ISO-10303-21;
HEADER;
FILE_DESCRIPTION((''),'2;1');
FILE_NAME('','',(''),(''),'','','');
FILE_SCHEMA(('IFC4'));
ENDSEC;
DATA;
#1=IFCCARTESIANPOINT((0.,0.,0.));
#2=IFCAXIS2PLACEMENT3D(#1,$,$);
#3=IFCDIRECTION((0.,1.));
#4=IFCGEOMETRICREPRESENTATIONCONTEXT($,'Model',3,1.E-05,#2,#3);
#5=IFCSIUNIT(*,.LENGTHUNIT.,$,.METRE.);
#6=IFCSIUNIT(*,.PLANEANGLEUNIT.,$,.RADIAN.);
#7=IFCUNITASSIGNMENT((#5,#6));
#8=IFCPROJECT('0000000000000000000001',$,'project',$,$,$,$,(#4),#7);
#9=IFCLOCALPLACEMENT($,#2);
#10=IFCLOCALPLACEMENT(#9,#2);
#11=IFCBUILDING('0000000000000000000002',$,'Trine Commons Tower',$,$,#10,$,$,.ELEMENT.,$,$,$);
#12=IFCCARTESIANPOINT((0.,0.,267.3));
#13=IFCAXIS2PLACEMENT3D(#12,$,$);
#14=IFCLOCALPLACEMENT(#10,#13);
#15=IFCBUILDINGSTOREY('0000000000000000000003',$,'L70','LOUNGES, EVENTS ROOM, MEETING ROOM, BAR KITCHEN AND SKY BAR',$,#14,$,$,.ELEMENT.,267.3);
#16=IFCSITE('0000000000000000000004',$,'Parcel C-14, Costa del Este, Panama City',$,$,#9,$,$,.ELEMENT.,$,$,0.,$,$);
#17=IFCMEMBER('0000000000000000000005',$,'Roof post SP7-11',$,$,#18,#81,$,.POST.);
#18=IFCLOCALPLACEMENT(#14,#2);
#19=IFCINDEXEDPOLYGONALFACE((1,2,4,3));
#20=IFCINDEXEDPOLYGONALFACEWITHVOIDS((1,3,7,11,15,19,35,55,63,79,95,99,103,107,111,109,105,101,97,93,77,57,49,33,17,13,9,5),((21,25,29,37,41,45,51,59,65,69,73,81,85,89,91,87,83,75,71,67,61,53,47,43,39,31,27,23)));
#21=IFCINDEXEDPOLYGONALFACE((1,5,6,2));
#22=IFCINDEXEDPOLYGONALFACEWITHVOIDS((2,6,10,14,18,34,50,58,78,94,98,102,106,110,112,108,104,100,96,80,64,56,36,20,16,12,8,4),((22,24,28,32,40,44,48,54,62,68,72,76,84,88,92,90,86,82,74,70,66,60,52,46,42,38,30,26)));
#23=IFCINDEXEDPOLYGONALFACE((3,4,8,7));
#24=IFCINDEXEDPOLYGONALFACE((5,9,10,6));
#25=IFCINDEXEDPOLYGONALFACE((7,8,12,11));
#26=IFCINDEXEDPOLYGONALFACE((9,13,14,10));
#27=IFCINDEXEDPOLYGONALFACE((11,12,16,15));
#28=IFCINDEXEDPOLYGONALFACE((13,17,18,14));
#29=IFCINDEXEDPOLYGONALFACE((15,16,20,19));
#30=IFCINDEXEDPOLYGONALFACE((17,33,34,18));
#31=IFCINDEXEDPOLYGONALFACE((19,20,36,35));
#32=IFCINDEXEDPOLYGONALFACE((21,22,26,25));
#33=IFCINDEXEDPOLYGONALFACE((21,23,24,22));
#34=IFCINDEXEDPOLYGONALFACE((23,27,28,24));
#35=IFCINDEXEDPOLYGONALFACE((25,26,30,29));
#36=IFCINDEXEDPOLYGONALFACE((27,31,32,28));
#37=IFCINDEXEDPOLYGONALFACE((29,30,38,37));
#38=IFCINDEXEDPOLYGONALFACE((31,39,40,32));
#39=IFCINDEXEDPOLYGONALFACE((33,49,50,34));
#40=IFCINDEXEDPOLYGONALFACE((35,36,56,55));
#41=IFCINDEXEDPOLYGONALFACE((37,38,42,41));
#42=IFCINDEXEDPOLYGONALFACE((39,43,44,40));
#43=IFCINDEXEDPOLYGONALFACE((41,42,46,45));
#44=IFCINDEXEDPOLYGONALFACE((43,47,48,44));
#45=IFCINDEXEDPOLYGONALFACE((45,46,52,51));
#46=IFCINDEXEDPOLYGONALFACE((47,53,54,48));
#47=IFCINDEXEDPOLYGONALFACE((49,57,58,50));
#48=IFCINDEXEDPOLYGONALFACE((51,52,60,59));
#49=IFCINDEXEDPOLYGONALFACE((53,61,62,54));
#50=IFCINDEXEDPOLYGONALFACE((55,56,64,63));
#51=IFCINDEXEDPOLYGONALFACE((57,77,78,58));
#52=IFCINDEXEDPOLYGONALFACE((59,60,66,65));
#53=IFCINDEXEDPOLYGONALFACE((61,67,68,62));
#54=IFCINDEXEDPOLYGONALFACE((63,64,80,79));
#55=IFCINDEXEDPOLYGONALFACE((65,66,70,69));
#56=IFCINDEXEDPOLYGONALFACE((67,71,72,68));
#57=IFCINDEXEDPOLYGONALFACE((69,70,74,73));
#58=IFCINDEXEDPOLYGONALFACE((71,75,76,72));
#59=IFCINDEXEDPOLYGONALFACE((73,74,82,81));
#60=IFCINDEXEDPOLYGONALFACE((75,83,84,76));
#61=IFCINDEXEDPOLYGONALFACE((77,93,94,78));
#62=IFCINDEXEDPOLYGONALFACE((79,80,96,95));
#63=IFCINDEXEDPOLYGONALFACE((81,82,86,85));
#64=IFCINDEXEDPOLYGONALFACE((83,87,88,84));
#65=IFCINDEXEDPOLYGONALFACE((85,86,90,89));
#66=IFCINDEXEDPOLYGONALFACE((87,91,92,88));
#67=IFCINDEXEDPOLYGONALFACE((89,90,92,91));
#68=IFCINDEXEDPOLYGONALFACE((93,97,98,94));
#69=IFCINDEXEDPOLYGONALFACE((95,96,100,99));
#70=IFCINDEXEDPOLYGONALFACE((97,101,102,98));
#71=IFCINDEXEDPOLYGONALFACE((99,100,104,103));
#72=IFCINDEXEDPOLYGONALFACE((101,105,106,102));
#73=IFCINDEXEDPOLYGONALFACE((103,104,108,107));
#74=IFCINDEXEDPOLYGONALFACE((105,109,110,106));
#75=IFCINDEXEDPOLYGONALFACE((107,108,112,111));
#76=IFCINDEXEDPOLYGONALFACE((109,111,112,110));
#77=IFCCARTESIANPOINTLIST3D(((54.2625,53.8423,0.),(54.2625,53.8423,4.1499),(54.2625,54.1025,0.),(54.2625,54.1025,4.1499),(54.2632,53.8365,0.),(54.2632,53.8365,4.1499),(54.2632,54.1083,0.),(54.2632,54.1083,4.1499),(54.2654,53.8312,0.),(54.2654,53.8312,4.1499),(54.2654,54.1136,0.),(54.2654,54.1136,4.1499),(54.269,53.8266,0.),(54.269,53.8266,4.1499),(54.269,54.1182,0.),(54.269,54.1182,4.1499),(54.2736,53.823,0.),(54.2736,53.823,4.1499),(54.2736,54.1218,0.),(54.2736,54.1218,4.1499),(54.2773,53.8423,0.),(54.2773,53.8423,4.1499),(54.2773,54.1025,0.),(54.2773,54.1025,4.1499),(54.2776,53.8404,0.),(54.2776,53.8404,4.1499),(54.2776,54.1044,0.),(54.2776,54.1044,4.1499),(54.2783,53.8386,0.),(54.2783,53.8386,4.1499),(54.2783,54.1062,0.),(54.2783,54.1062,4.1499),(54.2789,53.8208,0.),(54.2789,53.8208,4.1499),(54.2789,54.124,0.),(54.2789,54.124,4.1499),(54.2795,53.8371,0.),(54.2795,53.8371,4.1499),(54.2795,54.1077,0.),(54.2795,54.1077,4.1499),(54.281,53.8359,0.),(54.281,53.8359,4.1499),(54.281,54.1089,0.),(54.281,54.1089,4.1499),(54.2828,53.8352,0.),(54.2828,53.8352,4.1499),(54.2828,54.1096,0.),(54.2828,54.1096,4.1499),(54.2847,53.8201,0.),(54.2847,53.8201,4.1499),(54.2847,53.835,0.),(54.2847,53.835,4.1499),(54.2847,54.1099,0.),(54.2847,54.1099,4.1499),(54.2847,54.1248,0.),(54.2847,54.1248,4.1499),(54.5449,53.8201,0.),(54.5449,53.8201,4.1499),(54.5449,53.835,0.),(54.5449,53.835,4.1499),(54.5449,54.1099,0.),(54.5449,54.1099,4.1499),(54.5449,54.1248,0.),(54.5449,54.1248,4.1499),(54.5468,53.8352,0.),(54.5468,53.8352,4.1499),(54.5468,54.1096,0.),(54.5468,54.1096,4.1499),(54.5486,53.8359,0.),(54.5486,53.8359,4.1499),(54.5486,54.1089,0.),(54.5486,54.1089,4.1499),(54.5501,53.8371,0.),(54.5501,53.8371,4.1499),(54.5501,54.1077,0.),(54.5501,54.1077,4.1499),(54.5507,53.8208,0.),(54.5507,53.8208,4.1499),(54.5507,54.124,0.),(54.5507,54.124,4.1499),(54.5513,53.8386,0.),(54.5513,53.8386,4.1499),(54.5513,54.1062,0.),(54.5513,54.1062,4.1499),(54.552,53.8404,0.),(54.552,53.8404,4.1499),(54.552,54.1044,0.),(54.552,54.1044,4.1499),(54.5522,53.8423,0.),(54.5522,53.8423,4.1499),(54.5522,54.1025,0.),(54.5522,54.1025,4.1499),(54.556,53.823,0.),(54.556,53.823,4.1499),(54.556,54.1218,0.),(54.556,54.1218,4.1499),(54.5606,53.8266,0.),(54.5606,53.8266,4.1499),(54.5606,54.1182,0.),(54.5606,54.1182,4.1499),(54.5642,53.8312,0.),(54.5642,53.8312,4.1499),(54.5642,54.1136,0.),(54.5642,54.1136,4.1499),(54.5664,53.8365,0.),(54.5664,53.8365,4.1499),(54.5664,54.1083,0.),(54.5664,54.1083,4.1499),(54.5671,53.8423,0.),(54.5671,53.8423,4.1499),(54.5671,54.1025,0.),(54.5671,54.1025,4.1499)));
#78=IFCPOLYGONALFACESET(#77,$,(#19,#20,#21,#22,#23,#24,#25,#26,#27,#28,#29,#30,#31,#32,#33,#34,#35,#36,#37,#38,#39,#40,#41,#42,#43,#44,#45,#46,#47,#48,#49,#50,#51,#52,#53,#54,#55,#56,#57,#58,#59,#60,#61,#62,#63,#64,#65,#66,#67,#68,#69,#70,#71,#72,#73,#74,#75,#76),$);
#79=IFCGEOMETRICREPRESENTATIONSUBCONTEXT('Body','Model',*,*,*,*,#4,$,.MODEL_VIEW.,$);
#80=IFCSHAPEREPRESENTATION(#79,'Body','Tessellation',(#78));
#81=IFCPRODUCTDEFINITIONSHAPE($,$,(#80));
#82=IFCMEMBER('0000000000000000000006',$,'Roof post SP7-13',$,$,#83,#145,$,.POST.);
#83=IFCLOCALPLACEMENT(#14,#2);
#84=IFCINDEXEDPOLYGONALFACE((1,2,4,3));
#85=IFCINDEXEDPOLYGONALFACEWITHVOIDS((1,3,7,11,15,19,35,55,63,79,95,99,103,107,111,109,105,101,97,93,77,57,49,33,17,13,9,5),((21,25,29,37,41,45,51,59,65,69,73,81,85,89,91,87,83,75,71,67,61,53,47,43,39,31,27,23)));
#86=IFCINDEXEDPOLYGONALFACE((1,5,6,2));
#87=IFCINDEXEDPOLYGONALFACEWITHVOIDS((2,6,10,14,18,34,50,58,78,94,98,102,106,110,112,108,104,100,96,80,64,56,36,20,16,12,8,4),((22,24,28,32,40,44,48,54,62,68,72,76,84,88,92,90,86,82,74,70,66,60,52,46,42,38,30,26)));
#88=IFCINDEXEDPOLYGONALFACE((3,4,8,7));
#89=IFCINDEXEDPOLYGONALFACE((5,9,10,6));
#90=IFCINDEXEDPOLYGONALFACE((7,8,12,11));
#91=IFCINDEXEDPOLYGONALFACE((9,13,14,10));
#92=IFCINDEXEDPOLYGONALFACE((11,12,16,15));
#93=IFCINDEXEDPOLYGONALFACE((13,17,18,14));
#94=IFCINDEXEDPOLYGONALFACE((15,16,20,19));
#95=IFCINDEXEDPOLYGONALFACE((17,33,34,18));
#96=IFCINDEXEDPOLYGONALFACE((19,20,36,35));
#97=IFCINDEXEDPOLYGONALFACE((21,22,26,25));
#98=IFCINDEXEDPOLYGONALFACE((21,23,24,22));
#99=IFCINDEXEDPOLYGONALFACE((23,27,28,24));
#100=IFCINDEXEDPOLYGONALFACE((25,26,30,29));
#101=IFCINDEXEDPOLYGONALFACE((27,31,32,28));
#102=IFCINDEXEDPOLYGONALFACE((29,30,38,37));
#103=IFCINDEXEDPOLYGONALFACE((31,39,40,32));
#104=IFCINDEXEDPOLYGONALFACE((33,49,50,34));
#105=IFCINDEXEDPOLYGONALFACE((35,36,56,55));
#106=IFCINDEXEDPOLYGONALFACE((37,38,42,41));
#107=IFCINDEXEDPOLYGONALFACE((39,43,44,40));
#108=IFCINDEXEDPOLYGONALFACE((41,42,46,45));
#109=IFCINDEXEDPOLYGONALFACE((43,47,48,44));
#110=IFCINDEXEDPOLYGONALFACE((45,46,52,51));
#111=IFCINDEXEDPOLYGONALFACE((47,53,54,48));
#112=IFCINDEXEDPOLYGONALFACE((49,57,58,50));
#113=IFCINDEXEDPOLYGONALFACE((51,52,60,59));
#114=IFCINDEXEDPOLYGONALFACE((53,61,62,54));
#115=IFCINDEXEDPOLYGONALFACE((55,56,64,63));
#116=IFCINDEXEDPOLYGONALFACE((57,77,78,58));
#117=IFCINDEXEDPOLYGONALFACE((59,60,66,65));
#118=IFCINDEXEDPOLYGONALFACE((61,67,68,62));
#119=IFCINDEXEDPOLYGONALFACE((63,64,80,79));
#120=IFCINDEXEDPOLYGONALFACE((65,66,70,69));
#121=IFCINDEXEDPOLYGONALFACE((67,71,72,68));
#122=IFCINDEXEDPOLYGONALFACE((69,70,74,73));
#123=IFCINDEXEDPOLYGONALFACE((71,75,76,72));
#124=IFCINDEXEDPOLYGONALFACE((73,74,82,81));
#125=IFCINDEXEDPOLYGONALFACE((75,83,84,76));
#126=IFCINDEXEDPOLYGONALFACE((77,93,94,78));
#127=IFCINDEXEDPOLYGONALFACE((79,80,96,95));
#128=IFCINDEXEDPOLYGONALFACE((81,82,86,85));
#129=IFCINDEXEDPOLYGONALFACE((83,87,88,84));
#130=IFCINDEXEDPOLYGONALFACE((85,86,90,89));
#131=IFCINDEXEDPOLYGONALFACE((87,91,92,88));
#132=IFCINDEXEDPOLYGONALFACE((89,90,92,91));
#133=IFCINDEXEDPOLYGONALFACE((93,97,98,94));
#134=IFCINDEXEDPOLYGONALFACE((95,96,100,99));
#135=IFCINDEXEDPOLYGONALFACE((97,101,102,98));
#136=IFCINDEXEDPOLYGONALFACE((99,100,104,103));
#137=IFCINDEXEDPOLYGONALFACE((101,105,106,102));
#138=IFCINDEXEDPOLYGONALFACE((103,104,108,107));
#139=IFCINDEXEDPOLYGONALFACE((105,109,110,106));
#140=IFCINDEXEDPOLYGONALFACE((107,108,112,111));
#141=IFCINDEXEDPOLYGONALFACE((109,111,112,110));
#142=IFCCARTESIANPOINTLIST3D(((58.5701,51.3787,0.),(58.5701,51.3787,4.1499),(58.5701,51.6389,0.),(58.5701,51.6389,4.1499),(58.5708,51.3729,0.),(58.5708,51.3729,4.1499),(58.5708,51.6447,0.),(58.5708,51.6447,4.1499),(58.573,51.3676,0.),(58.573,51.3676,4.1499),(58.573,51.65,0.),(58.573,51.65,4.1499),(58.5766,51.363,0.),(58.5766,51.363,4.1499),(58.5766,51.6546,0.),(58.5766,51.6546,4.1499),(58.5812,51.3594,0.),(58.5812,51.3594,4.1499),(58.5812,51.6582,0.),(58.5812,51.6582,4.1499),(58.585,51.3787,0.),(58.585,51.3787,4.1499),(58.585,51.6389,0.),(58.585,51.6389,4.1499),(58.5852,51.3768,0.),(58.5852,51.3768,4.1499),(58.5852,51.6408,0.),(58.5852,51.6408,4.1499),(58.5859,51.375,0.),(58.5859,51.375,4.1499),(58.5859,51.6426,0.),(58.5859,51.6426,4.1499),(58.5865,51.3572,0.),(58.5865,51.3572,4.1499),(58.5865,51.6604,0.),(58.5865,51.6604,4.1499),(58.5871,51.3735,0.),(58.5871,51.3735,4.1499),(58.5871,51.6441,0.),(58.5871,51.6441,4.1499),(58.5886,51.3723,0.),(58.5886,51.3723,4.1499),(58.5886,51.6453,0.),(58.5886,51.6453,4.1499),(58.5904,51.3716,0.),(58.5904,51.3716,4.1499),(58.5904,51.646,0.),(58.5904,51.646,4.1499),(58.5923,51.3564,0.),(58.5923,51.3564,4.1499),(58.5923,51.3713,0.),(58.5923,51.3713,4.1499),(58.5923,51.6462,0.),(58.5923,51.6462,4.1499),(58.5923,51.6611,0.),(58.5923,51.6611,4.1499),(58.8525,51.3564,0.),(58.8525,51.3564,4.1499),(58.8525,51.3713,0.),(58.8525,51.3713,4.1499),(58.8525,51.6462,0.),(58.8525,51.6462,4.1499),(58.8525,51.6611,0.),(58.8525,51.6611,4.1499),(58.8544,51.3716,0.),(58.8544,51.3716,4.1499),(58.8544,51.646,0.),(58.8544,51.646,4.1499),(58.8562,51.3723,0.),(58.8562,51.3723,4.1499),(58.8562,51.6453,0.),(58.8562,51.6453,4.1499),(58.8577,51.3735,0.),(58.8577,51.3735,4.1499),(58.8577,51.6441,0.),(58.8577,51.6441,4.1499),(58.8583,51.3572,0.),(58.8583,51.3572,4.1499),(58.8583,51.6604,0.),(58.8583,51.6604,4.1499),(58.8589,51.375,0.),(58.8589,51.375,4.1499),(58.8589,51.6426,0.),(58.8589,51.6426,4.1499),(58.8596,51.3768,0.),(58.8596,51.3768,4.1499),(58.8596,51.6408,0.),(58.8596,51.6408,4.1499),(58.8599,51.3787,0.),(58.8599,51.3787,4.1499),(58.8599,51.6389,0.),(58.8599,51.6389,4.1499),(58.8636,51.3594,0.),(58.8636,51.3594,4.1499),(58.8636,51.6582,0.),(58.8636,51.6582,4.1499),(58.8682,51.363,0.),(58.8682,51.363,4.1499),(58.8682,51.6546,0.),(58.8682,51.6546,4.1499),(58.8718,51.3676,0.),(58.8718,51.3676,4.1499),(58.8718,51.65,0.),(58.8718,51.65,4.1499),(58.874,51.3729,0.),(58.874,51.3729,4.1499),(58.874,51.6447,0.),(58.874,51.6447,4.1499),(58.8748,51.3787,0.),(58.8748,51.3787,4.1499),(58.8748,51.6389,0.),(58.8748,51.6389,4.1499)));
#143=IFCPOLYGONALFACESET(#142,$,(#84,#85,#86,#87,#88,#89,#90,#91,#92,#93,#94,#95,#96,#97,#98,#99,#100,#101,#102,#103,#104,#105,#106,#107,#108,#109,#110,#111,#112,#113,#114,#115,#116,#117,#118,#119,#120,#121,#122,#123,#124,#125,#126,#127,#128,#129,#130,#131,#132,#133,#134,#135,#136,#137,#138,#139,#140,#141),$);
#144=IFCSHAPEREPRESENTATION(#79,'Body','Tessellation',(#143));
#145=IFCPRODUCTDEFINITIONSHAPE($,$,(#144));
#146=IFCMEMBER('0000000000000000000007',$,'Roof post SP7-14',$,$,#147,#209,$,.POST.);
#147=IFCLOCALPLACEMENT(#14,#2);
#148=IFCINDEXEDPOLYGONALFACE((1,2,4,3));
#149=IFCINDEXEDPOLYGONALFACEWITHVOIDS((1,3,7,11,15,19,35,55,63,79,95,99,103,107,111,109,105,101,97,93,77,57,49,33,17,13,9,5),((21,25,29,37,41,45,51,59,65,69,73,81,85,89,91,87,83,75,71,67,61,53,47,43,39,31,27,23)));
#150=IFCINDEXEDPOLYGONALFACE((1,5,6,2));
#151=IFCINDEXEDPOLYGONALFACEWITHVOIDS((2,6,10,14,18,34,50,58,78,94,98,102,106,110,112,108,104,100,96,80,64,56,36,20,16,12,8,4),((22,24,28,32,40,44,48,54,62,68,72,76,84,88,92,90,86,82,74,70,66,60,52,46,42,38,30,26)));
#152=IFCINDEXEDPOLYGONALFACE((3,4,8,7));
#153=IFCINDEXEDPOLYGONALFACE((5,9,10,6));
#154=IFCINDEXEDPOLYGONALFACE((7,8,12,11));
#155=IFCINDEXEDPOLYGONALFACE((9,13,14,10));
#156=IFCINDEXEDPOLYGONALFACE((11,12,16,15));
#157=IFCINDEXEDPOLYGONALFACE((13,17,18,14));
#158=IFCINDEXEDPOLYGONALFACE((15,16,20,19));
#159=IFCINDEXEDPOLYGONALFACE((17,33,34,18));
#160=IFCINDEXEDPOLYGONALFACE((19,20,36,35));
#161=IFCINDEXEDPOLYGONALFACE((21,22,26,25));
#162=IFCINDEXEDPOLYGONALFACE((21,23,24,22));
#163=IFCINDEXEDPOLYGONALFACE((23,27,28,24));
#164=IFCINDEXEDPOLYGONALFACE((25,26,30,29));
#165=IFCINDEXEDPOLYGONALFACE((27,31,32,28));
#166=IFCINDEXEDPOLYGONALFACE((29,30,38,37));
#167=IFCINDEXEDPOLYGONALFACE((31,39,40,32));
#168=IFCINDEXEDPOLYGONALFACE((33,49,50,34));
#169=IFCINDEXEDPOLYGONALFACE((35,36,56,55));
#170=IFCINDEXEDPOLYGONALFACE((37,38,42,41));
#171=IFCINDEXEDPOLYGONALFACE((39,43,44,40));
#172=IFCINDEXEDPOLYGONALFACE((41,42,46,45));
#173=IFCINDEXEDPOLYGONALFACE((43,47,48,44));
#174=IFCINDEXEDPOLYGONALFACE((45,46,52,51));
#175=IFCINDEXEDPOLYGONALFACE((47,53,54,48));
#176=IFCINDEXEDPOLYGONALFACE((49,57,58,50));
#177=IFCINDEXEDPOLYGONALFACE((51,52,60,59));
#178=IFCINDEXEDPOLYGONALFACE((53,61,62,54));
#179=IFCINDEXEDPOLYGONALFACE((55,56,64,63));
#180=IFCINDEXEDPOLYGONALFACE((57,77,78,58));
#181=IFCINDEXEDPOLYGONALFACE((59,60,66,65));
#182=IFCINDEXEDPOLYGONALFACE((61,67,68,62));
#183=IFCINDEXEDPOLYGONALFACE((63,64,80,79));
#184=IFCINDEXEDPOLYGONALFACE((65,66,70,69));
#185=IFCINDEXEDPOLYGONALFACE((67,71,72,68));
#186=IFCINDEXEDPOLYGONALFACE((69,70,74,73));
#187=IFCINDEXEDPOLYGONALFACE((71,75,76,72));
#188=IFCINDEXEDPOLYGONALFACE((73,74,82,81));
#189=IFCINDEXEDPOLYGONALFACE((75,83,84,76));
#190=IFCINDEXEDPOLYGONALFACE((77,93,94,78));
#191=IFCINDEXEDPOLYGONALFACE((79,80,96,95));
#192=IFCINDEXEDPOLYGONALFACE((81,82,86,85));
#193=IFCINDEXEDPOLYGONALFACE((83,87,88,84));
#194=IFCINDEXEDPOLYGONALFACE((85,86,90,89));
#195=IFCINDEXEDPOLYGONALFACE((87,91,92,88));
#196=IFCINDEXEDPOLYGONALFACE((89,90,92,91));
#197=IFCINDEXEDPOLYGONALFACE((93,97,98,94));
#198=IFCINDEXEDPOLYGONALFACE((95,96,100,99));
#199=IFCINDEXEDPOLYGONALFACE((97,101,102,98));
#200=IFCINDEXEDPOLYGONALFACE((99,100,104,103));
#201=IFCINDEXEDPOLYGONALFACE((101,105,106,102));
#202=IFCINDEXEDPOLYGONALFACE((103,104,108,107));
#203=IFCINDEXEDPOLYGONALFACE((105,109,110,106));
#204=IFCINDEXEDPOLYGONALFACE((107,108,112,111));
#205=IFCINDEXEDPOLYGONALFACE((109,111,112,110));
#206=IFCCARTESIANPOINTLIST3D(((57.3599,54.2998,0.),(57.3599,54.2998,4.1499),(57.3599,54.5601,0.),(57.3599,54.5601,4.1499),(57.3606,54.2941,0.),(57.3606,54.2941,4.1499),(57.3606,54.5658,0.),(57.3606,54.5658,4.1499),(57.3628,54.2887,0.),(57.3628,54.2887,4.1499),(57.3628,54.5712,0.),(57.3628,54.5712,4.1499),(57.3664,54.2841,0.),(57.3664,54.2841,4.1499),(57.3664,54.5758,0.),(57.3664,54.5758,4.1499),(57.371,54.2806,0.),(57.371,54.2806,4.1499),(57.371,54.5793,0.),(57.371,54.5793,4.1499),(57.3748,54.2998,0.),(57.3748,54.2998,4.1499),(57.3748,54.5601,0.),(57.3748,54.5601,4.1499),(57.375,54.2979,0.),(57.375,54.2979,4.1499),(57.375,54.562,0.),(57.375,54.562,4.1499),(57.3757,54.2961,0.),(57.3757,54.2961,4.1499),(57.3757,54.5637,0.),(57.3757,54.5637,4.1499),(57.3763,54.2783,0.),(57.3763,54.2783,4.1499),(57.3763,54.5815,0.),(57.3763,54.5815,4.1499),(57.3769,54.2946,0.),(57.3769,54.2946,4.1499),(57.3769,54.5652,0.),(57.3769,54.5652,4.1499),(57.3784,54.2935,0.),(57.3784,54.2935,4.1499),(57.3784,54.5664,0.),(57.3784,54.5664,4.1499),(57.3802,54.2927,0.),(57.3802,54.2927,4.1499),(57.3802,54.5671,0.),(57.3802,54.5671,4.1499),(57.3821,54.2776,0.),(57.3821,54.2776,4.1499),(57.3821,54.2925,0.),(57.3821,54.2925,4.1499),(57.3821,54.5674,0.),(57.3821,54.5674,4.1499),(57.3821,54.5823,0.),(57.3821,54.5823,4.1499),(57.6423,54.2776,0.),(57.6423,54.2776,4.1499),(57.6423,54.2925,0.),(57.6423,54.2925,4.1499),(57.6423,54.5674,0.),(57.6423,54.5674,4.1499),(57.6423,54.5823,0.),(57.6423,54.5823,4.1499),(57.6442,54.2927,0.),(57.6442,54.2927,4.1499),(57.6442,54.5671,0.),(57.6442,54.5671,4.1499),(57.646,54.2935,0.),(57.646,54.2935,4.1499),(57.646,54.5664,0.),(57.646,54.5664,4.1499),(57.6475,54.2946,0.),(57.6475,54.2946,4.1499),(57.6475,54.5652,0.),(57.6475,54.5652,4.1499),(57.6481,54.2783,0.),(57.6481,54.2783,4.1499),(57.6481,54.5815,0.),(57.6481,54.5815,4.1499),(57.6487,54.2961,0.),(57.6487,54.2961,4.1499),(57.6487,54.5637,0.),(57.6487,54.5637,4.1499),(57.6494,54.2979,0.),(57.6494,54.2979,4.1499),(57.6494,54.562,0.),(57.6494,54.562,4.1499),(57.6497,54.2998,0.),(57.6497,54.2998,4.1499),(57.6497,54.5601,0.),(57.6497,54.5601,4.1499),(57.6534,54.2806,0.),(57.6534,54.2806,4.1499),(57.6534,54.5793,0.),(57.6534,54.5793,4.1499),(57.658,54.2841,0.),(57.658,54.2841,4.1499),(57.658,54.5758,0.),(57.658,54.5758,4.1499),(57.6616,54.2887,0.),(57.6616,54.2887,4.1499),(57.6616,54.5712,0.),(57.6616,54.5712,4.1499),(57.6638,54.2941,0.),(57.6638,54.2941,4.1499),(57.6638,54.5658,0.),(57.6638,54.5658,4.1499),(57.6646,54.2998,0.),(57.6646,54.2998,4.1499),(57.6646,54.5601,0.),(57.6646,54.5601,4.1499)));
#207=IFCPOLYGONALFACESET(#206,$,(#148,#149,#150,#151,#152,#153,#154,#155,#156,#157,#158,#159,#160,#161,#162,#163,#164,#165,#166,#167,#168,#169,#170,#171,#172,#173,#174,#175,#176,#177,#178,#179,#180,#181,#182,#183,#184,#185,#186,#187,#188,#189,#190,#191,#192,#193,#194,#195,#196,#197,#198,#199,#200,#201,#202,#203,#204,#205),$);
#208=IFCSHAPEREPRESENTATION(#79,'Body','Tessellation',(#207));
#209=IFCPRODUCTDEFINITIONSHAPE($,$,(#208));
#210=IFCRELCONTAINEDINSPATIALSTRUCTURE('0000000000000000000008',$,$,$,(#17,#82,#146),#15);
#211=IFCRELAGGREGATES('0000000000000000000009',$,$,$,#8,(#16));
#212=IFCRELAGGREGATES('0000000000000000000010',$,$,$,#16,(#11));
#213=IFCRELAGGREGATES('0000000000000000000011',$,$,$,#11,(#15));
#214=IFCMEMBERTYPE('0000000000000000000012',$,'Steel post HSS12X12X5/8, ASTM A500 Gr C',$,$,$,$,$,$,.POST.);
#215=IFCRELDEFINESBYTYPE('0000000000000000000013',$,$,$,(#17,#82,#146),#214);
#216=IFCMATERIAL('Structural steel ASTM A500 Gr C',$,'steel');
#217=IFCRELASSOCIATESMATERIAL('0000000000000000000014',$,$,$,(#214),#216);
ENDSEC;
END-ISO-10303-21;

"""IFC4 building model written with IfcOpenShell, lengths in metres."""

from ifc_helpers import new_model, si_unit, direction, frame, origin, origin_2d, place, context, subcontext, project, spatial, hollow_rectangle, extrude, material, material_profile, profile_set, type_object, element, save


model = new_model("IFC4")

# Units and contexts
model_context = context("Model", 3, precision=1e-05, world=origin(), true_north=direction((0.0, 1.0)))
body_context = subcontext(model_context, "Body", "Model", "MODEL_VIEW")
ifc_project = project(units=[si_unit("LENGTHUNIT", "METRE"), si_unit("PLANEANGLEUNIT", "RADIAN")], contexts=[model_context])

# Site, building, storey
site_placement = place(None, origin())
site = spatial("IfcSite", under=ifc_project, at=site_placement, Name="Parcel C-14, Costa del Este, Panama City", CompositionType="ELEMENT", RefElevation=0.0)
building_placement = place(site_placement, origin())
building = spatial("IfcBuilding", under=site, at=building_placement, Name="Trine Commons Tower", CompositionType="ELEMENT")
storey_placement = place(building_placement, frame((0.0, 0.0, 267.3)))
storey = spatial("IfcBuildingStorey", under=building, at=storey_placement, Name="L70", Description="LOUNGES, EVENTS ROOM, MEETING ROOM, BAR KITCHEN AND SKY BAR", CompositionType="ELEMENT", Elevation=267.3)

# Members
ifc_material_1 = material(Name="Structural steel ASTM A500 Gr C", Category="steel")
ifc_material_profile_1 = material_profile(ifc_material_1, hollow_rectangle(XDim=0.3047, YDim=0.3047, WallThickness=0.0149, InnerFilletRadius=0.0073, OuterFilletRadius=0.0222, at=origin_2d()), Name="HSS12X12X5/8")
ifc_profile_set_1 = profile_set([ifc_material_profile_1], Name="Structural steel ASTM A500 Gr C")
member_type_1 = type_object("IfcMemberType", Name="Steel post HSS12X12X5/8, ASTM A500 Gr C", PredefinedType="POST", material=ifc_profile_set_1)
for number, where, z_axis, x_axis, name in (
    (1, (54.4148, 53.9724, 0.0), (0.0, 0.0, 1.0), (1.0, 0.0, 0.0), "Roof post SP7-11"),
    (2, (58.7224, 51.5088, 0.0), (0.0, 0.0, 1.0), (1.0, 0.0, 0.0), "Roof post SP7-13"),
    (3, (57.5122, 54.4299, 0.0), (0.0, 0.0, 1.0), (1.0, 0.0, 0.0), "Roof post SP7-14"),
):
    element("IfcMember", number, at=place(storey_placement, frame(where, z_axis=z_axis, x_axis=x_axis)), inside=storey, type_object=member_type_1, Name=name, PredefinedType="POST", context=body_context, shape_type="SweptSolid", body=[
        extrude(hollow_rectangle(XDim=0.3047, YDim=0.3047, WallThickness=0.0149, InnerFilletRadius=0.0073, OuterFilletRadius=0.0222, at=origin_2d()), origin(), (0.0, 0.0, 1.0), 4.1499),
    ])

save(model, "model.ifc")
